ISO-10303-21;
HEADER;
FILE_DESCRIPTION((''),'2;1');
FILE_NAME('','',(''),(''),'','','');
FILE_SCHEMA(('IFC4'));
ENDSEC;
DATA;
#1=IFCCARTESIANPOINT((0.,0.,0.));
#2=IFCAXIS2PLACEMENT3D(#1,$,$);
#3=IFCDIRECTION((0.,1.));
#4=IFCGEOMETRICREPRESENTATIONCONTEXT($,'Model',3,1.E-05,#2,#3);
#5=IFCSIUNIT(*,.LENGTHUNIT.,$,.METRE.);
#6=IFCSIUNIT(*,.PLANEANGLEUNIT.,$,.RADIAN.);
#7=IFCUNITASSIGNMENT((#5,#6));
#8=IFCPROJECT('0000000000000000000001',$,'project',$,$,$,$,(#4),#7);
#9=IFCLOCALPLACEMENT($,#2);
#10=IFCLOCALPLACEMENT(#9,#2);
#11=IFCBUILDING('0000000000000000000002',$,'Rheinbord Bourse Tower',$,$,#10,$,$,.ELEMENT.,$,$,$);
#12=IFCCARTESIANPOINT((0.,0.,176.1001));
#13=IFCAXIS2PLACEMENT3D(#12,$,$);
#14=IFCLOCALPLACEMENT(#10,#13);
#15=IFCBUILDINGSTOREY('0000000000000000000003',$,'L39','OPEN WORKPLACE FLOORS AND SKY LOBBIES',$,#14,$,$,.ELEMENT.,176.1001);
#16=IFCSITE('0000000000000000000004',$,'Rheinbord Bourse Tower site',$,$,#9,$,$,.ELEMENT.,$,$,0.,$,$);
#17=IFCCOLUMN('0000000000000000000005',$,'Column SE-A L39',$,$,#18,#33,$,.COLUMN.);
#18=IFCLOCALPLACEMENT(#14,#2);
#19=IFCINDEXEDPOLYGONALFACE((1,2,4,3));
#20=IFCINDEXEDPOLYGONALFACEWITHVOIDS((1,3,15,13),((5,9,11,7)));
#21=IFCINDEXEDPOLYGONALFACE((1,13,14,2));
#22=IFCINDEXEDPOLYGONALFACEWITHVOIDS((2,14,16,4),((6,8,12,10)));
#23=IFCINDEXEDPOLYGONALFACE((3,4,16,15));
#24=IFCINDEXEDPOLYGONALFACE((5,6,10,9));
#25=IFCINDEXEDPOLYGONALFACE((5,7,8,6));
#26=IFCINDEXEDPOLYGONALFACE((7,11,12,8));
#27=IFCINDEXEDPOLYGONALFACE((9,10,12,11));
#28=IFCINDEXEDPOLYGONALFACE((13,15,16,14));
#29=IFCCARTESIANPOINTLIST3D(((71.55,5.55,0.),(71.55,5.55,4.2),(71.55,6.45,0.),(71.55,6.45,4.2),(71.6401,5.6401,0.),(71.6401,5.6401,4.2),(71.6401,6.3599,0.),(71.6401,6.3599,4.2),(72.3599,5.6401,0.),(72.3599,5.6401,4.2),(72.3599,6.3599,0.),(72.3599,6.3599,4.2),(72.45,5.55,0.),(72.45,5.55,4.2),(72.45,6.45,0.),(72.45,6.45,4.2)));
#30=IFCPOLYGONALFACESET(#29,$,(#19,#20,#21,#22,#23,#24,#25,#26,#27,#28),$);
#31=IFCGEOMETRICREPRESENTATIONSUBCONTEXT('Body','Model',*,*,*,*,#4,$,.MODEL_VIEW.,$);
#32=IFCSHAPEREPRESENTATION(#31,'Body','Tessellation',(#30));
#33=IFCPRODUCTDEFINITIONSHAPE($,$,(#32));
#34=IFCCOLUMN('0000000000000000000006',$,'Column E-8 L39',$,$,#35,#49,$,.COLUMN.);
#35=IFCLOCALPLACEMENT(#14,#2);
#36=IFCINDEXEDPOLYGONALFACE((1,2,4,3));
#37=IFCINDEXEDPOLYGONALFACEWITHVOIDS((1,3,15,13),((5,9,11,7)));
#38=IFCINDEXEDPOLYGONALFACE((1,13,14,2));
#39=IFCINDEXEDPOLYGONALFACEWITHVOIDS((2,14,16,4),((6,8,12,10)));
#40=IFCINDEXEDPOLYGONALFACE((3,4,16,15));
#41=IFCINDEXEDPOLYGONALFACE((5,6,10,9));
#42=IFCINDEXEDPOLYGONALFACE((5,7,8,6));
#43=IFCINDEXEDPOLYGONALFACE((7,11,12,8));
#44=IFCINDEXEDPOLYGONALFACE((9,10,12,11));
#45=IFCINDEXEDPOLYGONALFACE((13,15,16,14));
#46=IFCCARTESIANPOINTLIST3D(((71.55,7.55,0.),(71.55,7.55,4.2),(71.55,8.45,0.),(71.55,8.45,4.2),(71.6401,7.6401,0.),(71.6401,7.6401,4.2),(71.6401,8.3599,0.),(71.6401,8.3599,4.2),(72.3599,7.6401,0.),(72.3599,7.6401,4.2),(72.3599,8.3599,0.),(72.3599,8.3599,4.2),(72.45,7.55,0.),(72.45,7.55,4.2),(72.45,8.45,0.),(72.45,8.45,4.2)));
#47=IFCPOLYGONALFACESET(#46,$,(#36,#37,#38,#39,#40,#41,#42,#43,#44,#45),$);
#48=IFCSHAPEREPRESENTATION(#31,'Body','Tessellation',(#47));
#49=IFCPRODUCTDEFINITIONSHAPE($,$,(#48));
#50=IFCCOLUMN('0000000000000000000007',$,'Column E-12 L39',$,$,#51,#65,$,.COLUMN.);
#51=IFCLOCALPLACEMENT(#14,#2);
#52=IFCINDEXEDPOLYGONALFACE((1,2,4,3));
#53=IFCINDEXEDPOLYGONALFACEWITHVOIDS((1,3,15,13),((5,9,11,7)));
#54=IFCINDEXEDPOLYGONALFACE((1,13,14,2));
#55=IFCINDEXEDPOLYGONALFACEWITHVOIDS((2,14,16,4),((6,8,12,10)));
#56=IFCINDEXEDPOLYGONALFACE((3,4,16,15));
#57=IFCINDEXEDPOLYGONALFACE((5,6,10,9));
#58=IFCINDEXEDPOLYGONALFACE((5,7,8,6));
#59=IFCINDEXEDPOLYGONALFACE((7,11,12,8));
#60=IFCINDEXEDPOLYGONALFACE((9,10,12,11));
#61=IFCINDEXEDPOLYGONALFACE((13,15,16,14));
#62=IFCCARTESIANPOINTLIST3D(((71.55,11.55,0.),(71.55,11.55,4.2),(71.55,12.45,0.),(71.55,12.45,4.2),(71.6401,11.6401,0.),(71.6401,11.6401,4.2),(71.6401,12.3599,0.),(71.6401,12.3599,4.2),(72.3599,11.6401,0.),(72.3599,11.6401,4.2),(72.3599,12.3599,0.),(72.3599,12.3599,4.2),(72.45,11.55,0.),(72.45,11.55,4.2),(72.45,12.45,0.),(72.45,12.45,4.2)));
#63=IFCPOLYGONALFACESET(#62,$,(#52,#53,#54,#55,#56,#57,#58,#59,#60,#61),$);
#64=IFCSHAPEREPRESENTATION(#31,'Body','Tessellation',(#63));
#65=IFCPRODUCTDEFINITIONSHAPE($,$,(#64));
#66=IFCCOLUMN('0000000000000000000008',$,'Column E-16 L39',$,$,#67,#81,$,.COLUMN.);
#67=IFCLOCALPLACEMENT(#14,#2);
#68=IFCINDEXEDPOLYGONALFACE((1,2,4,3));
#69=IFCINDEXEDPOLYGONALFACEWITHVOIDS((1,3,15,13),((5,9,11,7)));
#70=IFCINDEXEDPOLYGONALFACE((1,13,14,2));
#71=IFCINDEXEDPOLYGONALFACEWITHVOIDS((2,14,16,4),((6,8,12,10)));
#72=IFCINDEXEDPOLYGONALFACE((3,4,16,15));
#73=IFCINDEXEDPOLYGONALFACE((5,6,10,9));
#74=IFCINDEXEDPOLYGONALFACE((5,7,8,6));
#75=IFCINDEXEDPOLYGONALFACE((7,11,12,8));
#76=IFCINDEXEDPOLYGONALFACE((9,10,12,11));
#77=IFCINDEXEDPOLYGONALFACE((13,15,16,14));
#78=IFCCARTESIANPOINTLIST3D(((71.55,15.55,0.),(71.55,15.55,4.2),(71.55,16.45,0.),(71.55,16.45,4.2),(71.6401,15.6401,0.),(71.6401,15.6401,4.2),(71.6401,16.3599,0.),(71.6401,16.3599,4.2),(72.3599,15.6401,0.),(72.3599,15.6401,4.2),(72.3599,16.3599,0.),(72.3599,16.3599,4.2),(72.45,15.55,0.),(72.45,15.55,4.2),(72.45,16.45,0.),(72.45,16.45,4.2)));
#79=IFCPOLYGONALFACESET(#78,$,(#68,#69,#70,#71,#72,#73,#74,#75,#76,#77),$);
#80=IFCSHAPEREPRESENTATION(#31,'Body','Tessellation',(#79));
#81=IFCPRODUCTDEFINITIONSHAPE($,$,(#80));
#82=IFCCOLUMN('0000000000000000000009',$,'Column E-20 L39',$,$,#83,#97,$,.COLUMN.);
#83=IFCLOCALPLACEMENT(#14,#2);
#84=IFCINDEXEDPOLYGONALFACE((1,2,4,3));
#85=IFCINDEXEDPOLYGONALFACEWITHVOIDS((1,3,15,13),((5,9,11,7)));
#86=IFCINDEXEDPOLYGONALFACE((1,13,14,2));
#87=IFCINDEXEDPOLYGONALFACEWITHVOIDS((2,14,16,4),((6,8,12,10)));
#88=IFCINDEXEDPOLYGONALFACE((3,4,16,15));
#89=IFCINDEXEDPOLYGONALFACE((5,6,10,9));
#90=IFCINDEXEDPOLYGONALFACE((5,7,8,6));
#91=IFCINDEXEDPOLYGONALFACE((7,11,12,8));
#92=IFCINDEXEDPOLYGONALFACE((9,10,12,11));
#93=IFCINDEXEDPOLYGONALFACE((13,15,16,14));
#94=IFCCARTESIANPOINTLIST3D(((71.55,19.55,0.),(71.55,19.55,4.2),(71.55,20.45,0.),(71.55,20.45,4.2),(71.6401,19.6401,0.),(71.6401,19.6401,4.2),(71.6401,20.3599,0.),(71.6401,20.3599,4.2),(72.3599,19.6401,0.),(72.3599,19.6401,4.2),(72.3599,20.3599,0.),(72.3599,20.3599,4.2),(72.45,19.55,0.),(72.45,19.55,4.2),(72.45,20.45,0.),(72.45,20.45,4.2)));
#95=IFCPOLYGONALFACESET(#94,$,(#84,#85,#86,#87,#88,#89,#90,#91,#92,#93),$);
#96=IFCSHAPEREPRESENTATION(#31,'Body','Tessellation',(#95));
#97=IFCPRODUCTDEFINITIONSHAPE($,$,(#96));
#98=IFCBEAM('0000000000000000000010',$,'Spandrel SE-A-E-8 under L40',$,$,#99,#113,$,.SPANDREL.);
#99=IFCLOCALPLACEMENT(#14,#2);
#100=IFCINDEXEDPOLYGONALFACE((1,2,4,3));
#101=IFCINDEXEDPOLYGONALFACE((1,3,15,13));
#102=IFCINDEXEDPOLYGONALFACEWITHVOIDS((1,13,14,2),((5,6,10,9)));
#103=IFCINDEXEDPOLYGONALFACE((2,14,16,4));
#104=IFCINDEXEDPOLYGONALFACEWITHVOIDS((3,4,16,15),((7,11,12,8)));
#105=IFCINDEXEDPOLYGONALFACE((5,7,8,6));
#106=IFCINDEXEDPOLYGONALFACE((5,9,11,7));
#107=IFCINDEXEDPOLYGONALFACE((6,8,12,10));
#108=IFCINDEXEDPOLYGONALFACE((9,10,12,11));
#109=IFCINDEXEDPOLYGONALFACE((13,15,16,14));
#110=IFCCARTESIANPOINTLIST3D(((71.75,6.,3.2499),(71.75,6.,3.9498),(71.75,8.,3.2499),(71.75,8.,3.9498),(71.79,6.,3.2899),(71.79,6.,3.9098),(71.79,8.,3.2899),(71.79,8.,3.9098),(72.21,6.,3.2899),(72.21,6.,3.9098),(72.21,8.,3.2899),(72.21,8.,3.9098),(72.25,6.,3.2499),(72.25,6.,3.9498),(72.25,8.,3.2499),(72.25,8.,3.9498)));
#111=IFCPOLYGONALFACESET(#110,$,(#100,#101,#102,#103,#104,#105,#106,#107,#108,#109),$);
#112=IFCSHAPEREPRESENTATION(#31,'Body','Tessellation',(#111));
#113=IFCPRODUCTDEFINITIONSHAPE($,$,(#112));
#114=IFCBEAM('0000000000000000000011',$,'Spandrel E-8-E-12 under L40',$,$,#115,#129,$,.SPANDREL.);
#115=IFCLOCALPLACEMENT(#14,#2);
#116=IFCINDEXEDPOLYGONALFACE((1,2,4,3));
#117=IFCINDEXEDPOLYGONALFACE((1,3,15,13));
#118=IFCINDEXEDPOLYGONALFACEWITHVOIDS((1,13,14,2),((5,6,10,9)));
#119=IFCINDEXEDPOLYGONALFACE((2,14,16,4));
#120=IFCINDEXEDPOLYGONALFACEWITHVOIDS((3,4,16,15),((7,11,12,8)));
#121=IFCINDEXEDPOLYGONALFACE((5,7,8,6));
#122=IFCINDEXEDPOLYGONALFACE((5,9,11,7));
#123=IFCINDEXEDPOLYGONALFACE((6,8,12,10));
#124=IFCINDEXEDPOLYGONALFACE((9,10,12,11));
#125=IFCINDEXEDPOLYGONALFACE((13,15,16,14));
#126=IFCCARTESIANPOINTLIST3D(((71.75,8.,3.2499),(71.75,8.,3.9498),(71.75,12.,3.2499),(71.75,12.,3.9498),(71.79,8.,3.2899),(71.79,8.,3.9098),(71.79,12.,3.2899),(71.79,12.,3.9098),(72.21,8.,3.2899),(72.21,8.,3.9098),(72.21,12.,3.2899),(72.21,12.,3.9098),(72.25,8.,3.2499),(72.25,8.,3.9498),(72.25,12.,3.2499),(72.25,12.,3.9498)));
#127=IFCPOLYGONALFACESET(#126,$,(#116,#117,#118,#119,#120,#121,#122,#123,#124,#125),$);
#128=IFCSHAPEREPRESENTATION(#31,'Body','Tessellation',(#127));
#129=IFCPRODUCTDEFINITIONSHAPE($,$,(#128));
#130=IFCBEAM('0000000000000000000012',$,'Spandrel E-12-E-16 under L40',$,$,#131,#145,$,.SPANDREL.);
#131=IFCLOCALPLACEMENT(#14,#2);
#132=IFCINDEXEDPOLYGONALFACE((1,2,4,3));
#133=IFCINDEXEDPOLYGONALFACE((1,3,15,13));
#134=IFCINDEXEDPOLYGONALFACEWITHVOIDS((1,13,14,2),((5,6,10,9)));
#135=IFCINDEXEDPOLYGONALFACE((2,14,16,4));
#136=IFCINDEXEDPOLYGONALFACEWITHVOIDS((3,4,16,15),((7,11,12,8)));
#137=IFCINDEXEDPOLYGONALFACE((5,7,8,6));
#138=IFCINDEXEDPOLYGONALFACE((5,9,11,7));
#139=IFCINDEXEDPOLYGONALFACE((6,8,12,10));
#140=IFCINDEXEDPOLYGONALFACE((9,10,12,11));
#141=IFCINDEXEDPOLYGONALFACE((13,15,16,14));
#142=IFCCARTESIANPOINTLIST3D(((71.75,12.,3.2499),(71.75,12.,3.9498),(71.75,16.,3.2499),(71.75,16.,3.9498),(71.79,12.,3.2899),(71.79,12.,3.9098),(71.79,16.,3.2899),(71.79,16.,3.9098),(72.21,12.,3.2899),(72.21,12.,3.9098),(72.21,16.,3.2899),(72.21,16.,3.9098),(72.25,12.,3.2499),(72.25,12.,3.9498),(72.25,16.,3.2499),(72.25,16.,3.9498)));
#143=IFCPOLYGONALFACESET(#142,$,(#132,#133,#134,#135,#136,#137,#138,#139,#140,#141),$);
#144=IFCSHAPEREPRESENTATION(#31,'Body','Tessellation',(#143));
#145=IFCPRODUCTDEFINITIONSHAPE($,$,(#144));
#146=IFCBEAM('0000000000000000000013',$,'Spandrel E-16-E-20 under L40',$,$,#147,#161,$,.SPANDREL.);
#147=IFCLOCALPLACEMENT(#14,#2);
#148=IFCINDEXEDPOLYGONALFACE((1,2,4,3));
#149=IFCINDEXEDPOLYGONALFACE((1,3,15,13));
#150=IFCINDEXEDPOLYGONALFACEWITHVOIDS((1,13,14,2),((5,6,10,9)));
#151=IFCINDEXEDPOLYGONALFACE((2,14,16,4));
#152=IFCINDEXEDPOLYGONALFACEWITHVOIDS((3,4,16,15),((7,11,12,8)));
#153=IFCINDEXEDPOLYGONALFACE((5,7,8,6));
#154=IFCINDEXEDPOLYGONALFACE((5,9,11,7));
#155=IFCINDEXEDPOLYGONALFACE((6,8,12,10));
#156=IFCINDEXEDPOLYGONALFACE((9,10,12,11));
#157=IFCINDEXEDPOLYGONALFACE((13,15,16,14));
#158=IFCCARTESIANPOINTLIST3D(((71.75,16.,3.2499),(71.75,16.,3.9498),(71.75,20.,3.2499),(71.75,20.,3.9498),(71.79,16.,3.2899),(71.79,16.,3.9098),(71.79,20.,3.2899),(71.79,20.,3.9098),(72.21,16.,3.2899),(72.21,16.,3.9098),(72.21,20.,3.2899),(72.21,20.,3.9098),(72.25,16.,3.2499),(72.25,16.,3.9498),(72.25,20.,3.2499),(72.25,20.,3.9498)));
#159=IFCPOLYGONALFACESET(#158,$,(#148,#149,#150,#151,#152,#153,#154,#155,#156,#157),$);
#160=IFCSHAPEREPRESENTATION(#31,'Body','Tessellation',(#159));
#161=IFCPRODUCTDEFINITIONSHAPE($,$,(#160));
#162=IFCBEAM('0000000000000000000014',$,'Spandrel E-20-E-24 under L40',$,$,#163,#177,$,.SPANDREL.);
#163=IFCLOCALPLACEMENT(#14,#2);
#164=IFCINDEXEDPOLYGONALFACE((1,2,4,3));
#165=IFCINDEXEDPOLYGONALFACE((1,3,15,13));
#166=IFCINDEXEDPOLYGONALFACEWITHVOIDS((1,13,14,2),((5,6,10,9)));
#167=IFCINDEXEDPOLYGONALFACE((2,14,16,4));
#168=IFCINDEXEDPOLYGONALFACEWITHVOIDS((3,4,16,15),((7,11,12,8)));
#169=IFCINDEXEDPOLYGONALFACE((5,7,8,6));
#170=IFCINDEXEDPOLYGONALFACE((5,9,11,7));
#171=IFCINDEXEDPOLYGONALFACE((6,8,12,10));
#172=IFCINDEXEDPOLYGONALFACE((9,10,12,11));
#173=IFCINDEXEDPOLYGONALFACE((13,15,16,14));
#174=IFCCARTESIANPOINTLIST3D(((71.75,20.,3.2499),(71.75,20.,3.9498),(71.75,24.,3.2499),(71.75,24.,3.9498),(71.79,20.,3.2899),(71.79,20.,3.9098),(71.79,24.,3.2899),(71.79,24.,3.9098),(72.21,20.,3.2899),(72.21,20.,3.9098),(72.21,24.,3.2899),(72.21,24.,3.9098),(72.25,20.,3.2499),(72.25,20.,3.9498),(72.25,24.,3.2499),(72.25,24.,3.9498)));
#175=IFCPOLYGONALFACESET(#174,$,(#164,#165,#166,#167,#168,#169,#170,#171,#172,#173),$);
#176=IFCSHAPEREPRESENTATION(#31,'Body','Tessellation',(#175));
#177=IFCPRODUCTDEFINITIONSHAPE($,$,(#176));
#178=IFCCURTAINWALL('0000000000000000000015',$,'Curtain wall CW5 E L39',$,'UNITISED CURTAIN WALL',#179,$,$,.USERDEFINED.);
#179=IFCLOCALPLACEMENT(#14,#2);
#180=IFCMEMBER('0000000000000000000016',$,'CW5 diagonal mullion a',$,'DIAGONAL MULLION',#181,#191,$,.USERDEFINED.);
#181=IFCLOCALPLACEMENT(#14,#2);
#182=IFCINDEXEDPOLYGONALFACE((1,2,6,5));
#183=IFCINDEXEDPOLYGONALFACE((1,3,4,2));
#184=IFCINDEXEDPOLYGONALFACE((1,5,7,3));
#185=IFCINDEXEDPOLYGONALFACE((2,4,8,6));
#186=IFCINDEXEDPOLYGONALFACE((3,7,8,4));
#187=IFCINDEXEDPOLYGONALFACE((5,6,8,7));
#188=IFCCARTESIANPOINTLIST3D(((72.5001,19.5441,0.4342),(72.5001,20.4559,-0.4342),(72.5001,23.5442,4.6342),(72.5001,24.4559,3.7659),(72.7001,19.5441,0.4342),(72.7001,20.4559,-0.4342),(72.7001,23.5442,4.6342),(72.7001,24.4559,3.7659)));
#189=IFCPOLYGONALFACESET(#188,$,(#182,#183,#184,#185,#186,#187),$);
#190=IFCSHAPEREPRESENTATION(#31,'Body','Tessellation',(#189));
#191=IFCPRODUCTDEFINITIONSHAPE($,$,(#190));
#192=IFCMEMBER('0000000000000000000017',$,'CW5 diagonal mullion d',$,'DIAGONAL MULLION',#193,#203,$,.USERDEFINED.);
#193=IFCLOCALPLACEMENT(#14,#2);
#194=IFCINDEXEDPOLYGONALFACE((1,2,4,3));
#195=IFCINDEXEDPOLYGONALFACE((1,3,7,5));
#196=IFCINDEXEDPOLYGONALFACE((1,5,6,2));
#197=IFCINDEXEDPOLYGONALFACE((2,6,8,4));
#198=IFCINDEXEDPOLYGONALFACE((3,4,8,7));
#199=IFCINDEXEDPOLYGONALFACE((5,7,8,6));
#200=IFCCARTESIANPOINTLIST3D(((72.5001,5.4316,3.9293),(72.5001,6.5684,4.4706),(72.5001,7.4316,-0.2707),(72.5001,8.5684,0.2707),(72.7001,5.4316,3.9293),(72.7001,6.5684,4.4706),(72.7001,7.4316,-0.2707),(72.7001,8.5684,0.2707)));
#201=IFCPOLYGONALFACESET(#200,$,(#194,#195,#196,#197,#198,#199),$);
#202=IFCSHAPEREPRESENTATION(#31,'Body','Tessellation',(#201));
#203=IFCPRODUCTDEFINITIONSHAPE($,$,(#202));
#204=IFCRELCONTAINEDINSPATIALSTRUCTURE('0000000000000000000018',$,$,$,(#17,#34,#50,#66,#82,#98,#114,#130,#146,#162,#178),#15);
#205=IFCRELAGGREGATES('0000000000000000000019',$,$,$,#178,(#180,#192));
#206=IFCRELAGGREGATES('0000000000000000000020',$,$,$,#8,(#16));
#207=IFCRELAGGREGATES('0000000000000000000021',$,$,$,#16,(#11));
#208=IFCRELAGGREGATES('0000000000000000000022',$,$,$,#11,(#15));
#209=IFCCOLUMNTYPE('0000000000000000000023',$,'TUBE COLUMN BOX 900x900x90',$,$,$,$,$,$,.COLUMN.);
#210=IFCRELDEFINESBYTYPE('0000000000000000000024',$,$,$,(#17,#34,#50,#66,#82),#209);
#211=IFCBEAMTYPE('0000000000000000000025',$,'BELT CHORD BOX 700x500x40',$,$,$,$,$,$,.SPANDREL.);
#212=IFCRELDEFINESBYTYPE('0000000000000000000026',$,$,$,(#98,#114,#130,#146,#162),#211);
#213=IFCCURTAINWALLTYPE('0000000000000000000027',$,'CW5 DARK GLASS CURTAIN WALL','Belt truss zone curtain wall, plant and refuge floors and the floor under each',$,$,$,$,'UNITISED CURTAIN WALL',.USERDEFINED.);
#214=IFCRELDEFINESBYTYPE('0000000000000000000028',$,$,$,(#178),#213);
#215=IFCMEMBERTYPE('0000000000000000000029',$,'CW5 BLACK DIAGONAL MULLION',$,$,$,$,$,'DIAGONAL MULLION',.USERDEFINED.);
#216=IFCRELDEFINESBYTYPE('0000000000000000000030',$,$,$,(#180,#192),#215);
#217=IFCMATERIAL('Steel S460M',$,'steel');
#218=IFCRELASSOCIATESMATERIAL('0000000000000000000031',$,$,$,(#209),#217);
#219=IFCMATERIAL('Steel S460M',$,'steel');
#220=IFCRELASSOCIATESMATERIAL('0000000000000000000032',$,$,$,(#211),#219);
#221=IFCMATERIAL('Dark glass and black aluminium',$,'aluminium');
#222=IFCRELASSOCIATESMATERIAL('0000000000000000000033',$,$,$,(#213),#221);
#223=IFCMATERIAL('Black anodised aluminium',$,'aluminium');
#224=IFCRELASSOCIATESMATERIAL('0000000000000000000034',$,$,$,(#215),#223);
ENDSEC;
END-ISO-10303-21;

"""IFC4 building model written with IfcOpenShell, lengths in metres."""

from ifc_helpers import new_model, si_unit, direction, frame, origin, origin_2d, place, context, subcontext, project, spatial, rectangle, hollow_rectangle, extrude, material, material_profile, profile_set, type_object, element, aggregate, save


model = new_model("IFC4")

# Units and contexts
model_context = context("Model", 3, precision=1e-05, world=origin(), true_north=direction((0.0, 1.0)))
body_context = subcontext(model_context, "Body", "Model", "MODEL_VIEW")
ifc_project = project(units=[si_unit("LENGTHUNIT", "METRE"), si_unit("PLANEANGLEUNIT", "RADIAN")], contexts=[model_context])

# Site, building, storey
site_placement = place(None, origin())
site = spatial("IfcSite", under=ifc_project, at=site_placement, Name="Rheinbord Bourse Tower site", CompositionType="ELEMENT", RefElevation=0.0)
building_placement = place(site_placement, origin())
building = spatial("IfcBuilding", under=site, at=building_placement, Name="Rheinbord Bourse Tower", CompositionType="ELEMENT")
storey_placement = place(building_placement, frame((0.0, 0.0, 176.1001)))
storey = spatial("IfcBuildingStorey", under=building, at=storey_placement, Name="L39", Description="OPEN WORKPLACE FLOORS AND SKY LOBBIES", CompositionType="ELEMENT", Elevation=176.1001)

# Columns
ifc_material_1 = material(Name="Steel S460M", Category="steel")
ifc_material_profile_1 = material_profile(ifc_material_1, hollow_rectangle(XDim=0.8999, YDim=0.8999, WallThickness=0.0901, at=origin_2d()), Name="BOX 900x900x90")
ifc_profile_set_1 = profile_set([ifc_material_profile_1], Name="Steel S460M")
column_type = type_object("IfcColumnType", Name="TUBE COLUMN BOX 900x900x90", PredefinedType="COLUMN", material=ifc_profile_set_1)
for number, where, z_axis, x_axis, name in (
    (1, (72.0, 6.0, 0.0), (0.0, 0.0, 1.0), (1.0, 0.0, 0.0), "Column SE-A L39"),
    (2, (72.0, 8.0, 0.0), (0.0, 0.0, 1.0), (1.0, 0.0, 0.0), "Column E-8 L39"),
    (3, (72.0, 12.0, 0.0), (0.0, 0.0, 1.0), (1.0, 0.0, 0.0), "Column E-12 L39"),
    (4, (72.0, 16.0, 0.0), (0.0, 0.0, 1.0), (1.0, 0.0, 0.0), "Column E-16 L39"),
    (5, (72.0, 20.0, 0.0), (0.0, 0.0, 1.0), (1.0, 0.0, 0.0), "Column E-20 L39"),
):
    element("IfcColumn", number, at=place(storey_placement, frame(where, z_axis=z_axis, x_axis=x_axis)), inside=storey, type_object=column_type, Name=name, PredefinedType="COLUMN", context=body_context, shape_type="SweptSolid", body=[
        extrude(hollow_rectangle(XDim=0.8999, YDim=0.8999, WallThickness=0.0901, at=origin_2d()), origin(), (0.0, 0.0, 1.0), 4.2),
    ])

# Beams
ifc_material_2 = material(Name="Steel S460M", Category="steel")
ifc_material_profile_2 = material_profile(ifc_material_2, hollow_rectangle(XDim=0.5, YDim=0.7, WallThickness=0.04, at=origin_2d()), Name="BOX 700x500x40")
ifc_profile_set_2 = profile_set([ifc_material_profile_2], Name="Steel S460M")
beam_type_1 = type_object("IfcBeamType", Name="BELT CHORD BOX 700x500x40", PredefinedType="SPANDREL", material=ifc_profile_set_2)
beam_placement = place(storey_placement, frame((72.0, 6.0, 3.5999), z_axis=(0.0, 1.0, 0.0), x_axis=(-1.0, 0.0, 0.0)))
element("IfcBeam", 6, at=beam_placement, inside=storey, type_object=beam_type_1, Name="Spandrel SE-A-E-8 under L40", PredefinedType="SPANDREL", context=body_context, shape_type="SweptSolid", body=[
    extrude(hollow_rectangle(XDim=0.5, YDim=0.7, WallThickness=0.04, at=origin_2d()), origin(), (0.0, 0.0, 1.0), 2.0),
])
for number, where, z_axis, x_axis, name in (
    (7, (72.0, 8.0, 3.5999), (0.0, 1.0, 0.0), (-1.0, 0.0, 0.0), "Spandrel E-8-E-12 under L40"),
    (8, (72.0, 12.0, 3.5999), (0.0, 1.0, 0.0), (-1.0, 0.0, 0.0), "Spandrel E-12-E-16 under L40"),
    (9, (72.0, 16.0, 3.5999), (0.0, 1.0, 0.0), (-1.0, 0.0, 0.0), "Spandrel E-16-E-20 under L40"),
    (10, (72.0, 20.0, 3.5999), (0.0, 1.0, 0.0), (-1.0, 0.0, 0.0), "Spandrel E-20-E-24 under L40"),
):
    element("IfcBeam", number, at=place(storey_placement, frame(where, z_axis=z_axis, x_axis=x_axis)), inside=storey, type_object=beam_type_1, Name=name, PredefinedType="SPANDREL", context=body_context, shape_type="SweptSolid", body=[
        extrude(hollow_rectangle(XDim=0.5, YDim=0.7, WallThickness=0.04, at=origin_2d()), origin(), (0.0, 0.0, 1.0), 4.0),
    ])

# Curtain wall, members
ifc_material_3 = material(Name="Dark glass and black aluminium", Category="aluminium")
curtain_wall_type = type_object("IfcCurtainWallType", Name="CW5 DARK GLASS CURTAIN WALL", Description="Belt truss zone curtain wall, plant and refuge floors and the floor under each", ElementType="UNITISED CURTAIN WALL", PredefinedType="USERDEFINED", material=ifc_material_3)
curtain_wall_placement = place(storey_placement, origin())
curtain_wall = element("IfcCurtainWall", 11, at=curtain_wall_placement, inside=storey, type_object=curtain_wall_type, Name="Curtain wall CW5 E L39", ObjectType="UNITISED CURTAIN WALL", PredefinedType="USERDEFINED")
ifc_material_4 = material(Name="Black anodised aluminium", Category="aluminium")
ifc_material_profile_3 = material_profile(ifc_material_4, rectangle(XDim=0.2, YDim=1.259, at=origin_2d()), Name="CW5 DIAGONAL MULLION 1259x200")
ifc_profile_set_3 = profile_set([ifc_material_profile_3], Name="Black anodised aluminium")
member_type_1 = type_object("IfcMemberType", Name="CW5 BLACK DIAGONAL MULLION", ElementType="DIAGONAL MULLION", PredefinedType="USERDEFINED", material=ifc_profile_set_3)
member_1_placement = place(storey_placement, frame((72.6001, 20.0, 0.0), z_axis=(0.0, 0.689659, 0.724134), x_axis=(-1.0, 0.0, 0.0)))
member_1 = element("IfcMember", 12, at=member_1_placement, type_object=member_type_1, Name="CW5 diagonal mullion a", ObjectType="DIAGONAL MULLION", PredefinedType="USERDEFINED", context=body_context, shape_type="SweptSolid", body=[
    extrude(rectangle(XDim=0.2, YDim=1.259, at=origin_2d()), origin(), (0.0, 0.0, 1.0), 5.8),
])
member_2_placement = place(storey_placement, frame((72.6001, 8.0, 0.0), z_axis=(0.0, -0.429938, 0.902859), x_axis=(1.0, 0.0, 0.0)))
member_2 = element("IfcMember", 13, at=member_2_placement, type_object=member_type_1, Name="CW5 diagonal mullion d", ObjectType="DIAGONAL MULLION", PredefinedType="USERDEFINED", context=body_context, shape_type="SweptSolid", body=[
    extrude(rectangle(XDim=0.2, YDim=1.259, at=origin_2d()), origin(), (0.0, 0.0, 1.0), 4.6519),
])

aggregate(curtain_wall, [member_1, member_2])

save(model, "model.ifc")
